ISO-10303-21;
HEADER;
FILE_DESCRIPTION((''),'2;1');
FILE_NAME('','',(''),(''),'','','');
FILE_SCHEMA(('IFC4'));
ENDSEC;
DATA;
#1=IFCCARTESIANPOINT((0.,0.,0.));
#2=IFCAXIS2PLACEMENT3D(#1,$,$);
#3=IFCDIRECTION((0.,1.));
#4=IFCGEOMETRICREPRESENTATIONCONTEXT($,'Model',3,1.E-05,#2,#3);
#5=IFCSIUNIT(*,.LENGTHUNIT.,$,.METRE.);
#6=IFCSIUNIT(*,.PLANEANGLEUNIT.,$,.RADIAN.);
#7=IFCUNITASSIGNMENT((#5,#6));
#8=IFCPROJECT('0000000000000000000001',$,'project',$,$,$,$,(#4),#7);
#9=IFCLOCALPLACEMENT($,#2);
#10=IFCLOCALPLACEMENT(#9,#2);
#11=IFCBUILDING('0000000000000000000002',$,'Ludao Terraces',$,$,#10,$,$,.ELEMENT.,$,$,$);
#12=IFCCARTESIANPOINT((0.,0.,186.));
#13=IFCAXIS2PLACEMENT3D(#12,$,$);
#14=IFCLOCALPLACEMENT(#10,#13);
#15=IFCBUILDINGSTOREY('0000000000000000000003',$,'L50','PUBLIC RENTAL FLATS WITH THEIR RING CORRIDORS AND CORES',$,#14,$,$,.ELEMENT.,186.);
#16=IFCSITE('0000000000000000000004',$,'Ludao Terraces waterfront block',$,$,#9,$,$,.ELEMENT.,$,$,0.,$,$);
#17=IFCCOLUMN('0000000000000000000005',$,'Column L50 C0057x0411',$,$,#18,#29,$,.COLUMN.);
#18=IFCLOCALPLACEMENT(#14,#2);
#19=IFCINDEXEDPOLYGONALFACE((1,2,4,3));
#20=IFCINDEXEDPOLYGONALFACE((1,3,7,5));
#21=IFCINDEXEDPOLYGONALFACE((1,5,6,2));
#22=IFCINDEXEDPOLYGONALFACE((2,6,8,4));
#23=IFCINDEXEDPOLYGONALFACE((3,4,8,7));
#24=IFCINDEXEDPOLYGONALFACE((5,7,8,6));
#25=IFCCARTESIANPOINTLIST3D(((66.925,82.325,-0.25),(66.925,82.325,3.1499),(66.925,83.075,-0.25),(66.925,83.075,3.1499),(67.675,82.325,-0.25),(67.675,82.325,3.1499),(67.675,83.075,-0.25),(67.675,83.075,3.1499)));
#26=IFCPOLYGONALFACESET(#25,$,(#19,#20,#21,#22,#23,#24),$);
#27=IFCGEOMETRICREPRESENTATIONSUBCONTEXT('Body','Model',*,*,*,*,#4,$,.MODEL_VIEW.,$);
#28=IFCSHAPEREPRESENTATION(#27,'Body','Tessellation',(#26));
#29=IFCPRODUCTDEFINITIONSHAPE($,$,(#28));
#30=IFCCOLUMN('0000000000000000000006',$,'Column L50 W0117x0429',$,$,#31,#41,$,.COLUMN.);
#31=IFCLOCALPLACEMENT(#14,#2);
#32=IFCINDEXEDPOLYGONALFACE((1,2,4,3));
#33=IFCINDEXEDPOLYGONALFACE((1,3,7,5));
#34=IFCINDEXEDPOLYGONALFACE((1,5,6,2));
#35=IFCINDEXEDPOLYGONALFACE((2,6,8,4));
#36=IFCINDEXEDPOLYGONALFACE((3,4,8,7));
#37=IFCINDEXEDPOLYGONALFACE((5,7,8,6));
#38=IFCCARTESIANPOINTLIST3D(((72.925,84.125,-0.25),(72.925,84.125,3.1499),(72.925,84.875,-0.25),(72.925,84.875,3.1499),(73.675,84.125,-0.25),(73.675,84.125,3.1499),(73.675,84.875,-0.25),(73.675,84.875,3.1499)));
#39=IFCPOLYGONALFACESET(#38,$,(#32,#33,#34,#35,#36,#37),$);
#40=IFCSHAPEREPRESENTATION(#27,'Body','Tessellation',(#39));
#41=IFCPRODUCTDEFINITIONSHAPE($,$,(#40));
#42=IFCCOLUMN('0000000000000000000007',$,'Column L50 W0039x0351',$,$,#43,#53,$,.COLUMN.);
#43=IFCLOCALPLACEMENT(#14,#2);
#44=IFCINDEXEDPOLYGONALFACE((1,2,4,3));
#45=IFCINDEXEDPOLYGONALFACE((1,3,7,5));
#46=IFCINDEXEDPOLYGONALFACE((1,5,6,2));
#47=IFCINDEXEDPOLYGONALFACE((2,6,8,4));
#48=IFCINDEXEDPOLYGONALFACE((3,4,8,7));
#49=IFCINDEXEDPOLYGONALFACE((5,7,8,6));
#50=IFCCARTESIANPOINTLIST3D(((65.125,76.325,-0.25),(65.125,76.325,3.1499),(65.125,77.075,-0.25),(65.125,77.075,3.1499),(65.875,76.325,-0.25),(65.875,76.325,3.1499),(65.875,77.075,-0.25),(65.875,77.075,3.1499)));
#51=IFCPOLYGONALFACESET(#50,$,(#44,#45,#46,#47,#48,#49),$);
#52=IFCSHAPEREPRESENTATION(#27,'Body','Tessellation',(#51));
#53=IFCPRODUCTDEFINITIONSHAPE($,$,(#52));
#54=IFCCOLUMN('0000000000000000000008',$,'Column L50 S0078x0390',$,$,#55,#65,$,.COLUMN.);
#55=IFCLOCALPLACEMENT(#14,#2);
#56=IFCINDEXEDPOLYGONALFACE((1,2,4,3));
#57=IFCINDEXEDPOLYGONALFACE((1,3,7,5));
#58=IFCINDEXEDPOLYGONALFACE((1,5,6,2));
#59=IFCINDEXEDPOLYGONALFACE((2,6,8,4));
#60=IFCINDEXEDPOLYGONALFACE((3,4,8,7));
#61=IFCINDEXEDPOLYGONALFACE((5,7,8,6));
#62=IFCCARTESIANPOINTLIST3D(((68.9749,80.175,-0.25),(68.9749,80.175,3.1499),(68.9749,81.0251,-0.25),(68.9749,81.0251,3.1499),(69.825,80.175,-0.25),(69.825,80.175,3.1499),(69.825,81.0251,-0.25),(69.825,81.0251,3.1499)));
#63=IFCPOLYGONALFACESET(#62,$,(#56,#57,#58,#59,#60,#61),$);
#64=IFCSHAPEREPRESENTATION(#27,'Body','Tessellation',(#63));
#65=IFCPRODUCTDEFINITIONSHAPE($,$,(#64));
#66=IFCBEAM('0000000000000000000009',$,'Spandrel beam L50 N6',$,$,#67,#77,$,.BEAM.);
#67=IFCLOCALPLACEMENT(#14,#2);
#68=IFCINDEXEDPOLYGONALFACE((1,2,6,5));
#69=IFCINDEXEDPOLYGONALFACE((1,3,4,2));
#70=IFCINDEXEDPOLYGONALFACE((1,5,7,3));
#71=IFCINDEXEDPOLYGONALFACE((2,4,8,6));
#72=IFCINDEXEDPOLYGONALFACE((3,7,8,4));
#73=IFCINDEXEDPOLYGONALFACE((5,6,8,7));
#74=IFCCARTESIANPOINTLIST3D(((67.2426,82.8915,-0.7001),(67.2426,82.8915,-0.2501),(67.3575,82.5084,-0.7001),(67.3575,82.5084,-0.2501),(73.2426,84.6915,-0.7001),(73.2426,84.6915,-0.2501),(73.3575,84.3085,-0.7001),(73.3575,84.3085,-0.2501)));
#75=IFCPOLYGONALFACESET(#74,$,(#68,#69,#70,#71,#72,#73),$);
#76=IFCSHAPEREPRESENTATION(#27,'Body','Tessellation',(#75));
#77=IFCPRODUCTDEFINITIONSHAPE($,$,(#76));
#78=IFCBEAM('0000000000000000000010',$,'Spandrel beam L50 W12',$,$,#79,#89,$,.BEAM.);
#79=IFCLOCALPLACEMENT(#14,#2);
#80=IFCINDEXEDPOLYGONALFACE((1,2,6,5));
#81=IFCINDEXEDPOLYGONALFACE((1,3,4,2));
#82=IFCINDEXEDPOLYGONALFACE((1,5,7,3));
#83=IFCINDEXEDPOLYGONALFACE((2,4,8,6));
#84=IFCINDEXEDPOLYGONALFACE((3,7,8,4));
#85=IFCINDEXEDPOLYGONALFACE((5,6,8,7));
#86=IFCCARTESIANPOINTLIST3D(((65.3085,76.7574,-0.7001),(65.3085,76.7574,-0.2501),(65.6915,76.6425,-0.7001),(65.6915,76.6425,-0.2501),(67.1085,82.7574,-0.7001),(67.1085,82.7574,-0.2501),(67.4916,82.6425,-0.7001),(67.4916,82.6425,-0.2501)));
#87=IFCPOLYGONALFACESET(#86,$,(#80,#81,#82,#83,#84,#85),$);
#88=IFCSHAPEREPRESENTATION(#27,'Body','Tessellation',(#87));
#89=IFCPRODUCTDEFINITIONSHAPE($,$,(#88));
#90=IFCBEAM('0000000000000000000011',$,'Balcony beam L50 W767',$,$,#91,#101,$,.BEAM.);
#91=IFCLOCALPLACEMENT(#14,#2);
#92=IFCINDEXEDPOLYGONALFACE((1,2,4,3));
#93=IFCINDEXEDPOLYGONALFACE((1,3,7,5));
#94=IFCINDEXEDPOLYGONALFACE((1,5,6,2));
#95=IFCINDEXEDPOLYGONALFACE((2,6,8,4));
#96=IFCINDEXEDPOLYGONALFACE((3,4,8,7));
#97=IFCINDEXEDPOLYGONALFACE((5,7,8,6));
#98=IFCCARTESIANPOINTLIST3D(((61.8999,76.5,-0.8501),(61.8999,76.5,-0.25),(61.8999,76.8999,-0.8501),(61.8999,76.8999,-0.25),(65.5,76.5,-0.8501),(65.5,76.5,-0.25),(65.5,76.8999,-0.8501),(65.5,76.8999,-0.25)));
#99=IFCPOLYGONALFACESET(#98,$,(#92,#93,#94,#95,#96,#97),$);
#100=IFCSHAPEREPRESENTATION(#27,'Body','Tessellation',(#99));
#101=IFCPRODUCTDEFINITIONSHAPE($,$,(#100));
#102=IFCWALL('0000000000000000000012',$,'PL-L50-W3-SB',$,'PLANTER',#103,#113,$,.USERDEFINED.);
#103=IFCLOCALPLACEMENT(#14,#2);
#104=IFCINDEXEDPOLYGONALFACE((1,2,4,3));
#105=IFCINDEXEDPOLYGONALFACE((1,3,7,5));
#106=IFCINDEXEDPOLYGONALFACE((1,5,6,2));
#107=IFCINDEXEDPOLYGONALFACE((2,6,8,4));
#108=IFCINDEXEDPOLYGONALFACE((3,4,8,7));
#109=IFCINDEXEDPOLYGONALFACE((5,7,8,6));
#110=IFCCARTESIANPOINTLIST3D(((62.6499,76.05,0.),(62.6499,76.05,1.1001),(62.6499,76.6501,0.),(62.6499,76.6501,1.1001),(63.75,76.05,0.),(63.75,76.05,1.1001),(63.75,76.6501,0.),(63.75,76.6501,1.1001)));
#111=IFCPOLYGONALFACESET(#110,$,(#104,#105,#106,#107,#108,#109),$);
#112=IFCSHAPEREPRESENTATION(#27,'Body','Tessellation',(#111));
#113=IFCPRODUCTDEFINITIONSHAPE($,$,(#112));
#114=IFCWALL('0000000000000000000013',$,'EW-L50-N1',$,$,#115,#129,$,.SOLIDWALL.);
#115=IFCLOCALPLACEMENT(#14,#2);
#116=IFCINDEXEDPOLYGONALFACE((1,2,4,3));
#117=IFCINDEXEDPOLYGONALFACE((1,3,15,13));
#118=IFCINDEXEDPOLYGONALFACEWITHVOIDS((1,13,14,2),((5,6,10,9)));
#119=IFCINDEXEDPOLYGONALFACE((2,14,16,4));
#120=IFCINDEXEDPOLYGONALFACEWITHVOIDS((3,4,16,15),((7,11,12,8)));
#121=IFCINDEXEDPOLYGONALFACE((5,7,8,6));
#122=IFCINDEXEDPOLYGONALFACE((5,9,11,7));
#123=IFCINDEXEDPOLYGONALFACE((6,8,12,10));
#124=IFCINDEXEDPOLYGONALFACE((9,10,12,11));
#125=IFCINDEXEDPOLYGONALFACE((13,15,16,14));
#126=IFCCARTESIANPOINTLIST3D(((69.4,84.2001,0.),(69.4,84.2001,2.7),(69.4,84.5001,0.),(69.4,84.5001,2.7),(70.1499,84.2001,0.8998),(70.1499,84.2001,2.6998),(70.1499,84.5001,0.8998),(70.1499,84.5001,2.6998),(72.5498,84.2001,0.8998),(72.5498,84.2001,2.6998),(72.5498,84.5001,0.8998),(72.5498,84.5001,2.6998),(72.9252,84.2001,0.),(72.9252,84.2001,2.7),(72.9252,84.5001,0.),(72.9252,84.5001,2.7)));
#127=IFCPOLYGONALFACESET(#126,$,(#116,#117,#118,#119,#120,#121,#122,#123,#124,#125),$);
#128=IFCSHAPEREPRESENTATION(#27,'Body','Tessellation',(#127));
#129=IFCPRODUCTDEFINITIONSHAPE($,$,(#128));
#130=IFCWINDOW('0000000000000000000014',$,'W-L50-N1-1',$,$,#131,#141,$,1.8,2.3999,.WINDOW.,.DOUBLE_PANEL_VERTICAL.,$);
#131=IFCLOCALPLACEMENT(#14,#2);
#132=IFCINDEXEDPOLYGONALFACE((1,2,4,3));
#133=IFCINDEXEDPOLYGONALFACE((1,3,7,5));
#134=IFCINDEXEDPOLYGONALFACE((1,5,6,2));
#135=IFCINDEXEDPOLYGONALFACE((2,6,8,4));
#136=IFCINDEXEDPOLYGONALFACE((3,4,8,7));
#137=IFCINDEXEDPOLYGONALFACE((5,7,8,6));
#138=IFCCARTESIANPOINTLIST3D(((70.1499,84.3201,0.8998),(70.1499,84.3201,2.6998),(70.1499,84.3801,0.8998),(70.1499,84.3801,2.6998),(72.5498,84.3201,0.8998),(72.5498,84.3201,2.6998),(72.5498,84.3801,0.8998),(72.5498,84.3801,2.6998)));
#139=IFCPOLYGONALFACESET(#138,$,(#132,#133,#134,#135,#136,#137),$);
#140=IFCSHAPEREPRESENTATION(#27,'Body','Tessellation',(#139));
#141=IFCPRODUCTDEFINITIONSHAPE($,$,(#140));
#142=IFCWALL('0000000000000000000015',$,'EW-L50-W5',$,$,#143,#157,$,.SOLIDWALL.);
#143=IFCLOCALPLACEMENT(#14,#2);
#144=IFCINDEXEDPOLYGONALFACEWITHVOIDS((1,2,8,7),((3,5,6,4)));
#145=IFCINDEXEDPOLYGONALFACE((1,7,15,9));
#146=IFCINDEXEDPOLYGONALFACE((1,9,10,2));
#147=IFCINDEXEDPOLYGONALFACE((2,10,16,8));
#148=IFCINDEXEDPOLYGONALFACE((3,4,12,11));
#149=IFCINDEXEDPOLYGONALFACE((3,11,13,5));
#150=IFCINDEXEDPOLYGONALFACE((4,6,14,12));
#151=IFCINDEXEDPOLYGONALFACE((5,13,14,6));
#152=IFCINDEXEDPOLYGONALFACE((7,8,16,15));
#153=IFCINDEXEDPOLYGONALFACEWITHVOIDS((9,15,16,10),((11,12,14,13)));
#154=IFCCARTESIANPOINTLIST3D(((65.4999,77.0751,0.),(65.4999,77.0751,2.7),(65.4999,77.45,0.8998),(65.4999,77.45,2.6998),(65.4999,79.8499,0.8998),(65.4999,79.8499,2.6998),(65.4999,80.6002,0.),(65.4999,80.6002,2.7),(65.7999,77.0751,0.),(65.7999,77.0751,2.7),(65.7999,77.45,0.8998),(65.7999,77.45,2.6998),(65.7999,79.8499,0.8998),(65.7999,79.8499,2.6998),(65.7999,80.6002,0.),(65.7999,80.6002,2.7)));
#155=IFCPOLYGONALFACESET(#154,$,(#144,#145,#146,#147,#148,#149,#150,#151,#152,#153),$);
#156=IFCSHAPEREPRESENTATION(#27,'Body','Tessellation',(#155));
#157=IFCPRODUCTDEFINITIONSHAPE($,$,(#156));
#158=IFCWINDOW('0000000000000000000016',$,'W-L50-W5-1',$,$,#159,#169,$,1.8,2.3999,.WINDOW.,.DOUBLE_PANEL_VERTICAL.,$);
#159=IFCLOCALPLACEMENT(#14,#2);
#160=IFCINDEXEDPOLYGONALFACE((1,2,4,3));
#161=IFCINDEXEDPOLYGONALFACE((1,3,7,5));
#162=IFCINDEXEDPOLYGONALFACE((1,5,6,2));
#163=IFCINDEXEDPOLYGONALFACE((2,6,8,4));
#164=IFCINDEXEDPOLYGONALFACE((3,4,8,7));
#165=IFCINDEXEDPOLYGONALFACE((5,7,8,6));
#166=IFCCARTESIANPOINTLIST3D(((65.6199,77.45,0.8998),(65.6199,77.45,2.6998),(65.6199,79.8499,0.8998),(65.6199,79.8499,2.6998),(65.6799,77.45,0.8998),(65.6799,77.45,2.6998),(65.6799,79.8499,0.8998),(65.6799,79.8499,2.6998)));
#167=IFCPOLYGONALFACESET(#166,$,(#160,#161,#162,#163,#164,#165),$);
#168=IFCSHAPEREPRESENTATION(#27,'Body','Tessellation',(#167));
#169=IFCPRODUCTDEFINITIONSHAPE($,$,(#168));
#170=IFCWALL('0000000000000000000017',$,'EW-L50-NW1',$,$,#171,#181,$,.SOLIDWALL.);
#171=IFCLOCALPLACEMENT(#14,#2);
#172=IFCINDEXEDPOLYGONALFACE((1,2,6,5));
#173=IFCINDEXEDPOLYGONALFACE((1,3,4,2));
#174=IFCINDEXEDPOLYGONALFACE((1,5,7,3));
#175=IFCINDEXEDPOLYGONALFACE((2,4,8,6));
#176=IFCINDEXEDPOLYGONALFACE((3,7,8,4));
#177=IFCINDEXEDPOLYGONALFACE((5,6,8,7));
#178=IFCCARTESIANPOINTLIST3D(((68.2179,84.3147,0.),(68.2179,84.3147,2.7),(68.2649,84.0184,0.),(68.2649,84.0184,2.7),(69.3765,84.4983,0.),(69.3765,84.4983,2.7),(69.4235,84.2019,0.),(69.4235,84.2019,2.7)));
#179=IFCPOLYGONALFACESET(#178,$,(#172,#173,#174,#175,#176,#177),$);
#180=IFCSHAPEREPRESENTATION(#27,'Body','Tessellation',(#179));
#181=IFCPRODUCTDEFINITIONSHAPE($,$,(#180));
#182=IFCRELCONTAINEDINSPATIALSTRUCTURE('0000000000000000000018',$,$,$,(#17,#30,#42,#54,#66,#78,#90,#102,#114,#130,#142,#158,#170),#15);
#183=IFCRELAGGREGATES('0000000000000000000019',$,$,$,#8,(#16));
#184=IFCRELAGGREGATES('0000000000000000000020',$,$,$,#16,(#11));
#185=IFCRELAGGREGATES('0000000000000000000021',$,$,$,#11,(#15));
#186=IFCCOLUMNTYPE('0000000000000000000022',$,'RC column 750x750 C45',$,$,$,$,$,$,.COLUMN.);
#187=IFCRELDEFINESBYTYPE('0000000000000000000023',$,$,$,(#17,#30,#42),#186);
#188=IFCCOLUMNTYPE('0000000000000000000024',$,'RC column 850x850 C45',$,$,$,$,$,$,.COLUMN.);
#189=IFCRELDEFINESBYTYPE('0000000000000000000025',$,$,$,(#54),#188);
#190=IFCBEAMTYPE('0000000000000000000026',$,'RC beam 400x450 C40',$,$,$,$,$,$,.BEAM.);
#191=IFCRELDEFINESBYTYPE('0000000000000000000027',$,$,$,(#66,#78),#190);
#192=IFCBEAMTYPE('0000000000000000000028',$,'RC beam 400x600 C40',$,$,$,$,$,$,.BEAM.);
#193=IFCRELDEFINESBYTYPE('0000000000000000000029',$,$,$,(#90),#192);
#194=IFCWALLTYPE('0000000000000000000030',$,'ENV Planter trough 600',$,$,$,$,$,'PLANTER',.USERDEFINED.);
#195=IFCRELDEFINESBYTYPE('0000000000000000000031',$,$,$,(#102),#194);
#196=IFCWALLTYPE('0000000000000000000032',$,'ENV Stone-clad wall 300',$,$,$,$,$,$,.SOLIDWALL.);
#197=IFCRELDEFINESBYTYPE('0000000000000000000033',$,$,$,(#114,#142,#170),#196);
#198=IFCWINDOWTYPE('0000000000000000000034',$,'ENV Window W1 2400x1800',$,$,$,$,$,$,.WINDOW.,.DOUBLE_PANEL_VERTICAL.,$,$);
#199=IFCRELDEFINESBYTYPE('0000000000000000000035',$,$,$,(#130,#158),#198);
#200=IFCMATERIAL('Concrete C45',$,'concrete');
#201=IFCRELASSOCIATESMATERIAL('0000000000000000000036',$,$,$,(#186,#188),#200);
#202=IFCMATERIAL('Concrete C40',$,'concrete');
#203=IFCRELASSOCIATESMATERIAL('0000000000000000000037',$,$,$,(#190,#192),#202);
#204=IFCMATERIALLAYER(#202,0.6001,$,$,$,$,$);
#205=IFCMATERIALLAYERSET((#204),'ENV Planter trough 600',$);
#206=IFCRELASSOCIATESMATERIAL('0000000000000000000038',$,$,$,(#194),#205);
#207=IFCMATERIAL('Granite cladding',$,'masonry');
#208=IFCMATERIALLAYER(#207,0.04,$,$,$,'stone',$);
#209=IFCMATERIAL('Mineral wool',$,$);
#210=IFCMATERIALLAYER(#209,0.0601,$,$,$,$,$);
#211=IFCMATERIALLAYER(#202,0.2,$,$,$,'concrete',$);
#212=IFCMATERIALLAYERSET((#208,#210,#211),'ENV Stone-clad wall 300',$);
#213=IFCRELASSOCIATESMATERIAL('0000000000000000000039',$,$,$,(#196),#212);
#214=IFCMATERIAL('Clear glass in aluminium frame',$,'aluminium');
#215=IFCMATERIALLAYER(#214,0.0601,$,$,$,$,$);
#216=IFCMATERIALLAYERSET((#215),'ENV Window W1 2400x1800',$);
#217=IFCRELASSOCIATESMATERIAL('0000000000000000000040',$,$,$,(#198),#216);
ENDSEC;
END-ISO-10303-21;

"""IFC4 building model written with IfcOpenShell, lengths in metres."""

from ifc_helpers import new_model, si_unit, direction, frame, frame_2d, origin, origin_2d, place, context, subcontext, project, spatial, rectangle, extrude, material, layer, layer_set, material_profile, profile_set, type_object, element, fill, save


model = new_model("IFC4")

# Units and contexts
model_context = context("Model", 3, precision=1e-05, world=origin(), true_north=direction((0.0, 1.0)))
body_context = subcontext(model_context, "Body", "Model", "MODEL_VIEW")
ifc_project = project(units=[si_unit("LENGTHUNIT", "METRE"), si_unit("PLANEANGLEUNIT", "RADIAN")], contexts=[model_context])

# Site, building, storey
site_placement = place(None, origin())
site = spatial("IfcSite", under=ifc_project, at=site_placement, Name="Ludao Terraces waterfront block", CompositionType="ELEMENT", RefElevation=0.0)
building_placement = place(site_placement, origin())
building = spatial("IfcBuilding", under=site, at=building_placement, Name="Ludao Terraces", CompositionType="ELEMENT")
storey_placement = place(building_placement, frame((0.0, 0.0, 186.0)))
storey = spatial("IfcBuildingStorey", under=building, at=storey_placement, Name="L50", Description="PUBLIC RENTAL FLATS WITH THEIR RING CORRIDORS AND CORES", CompositionType="ELEMENT", Elevation=186.0)

# Columns
ifc_material_1 = material(Name="Concrete C45", Category="concrete")
ifc_material_profile_1 = material_profile(ifc_material_1, rectangle(XDim=0.75, YDim=0.75, at=origin_2d()), Name="750 X 750")
ifc_profile_set_1 = profile_set([ifc_material_profile_1], Name="Concrete C45")
column_type_1 = type_object("IfcColumnType", Name="RC column 750x750 C45", PredefinedType="COLUMN", material=ifc_profile_set_1)
for number, where, z_axis, x_axis, name in (
    (1, (67.3, 82.7, -0.25), (0.0, 0.0, 1.0), (1.0, 0.0, 0.0), "Column L50 C0057x0411"),
    (2, (73.3, 84.5, -0.25), (0.0, 0.0, 1.0), (1.0, 0.0, 0.0), "Column L50 W0117x0429"),
    (3, (65.5, 76.7, -0.25), (0.0, 0.0, 1.0), (1.0, 0.0, 0.0), "Column L50 W0039x0351"),
):
    element("IfcColumn", number, at=place(storey_placement, frame(where, z_axis=z_axis, x_axis=x_axis)), inside=storey, type_object=column_type_1, Name=name, PredefinedType="COLUMN", context=body_context, shape_type="SweptSolid", body=[
        extrude(rectangle(XDim=0.75, YDim=0.75, at=origin_2d()), origin(), (0.0, 0.0, 1.0), 3.3999),
    ])
ifc_material_profile_2 = material_profile(ifc_material_1, rectangle(XDim=0.8501, YDim=0.8501, at=origin_2d()), Name="850 X 850")
ifc_profile_set_2 = profile_set([ifc_material_profile_2], Name="Concrete C45")
column_type_2 = type_object("IfcColumnType", Name="RC column 850x850 C45", PredefinedType="COLUMN", material=ifc_profile_set_2)
column_placement = place(storey_placement, frame((69.3999, 80.6001, -0.25), z_axis=(0.0, 0.0, 1.0), x_axis=(1.0, 0.0, 0.0)))
element("IfcColumn", 4, at=column_placement, inside=storey, type_object=column_type_2, Name="Column L50 S0078x0390", PredefinedType="COLUMN", context=body_context, shape_type="SweptSolid", body=[
    extrude(rectangle(XDim=0.8501, YDim=0.8501, at=origin_2d()), origin(), (0.0, 0.0, 1.0), 3.3999),
])

# Beams
ifc_material_2 = material(Name="Concrete C40", Category="concrete")
ifc_material_profile_3 = material_profile(ifc_material_2, rectangle(XDim=0.3999, YDim=0.45, at=origin_2d()), Name="400 X 450")
ifc_profile_set_3 = profile_set([ifc_material_profile_3], Name="Concrete C40")
beam_type_1 = type_object("IfcBeamType", Name="RC beam 400x450 C40", PredefinedType="BEAM", material=ifc_profile_set_3)
for number, where, z_axis, x_axis, name in (
    (5, (67.3, 82.7, -0.4751), (0.957824, 0.287355, 0.0), (-0.287355, 0.957824, 0.0), "Spandrel beam L50 N6"),
    (6, (65.5, 76.7, -0.4751), (0.287355, 0.957824, 0.0), (-0.957824, 0.287355, 0.0), "Spandrel beam L50 W12"),
):
    element("IfcBeam", number, at=place(storey_placement, frame(where, z_axis=z_axis, x_axis=x_axis)), inside=storey, type_object=beam_type_1, Name=name, PredefinedType="BEAM", context=body_context, shape_type="SweptSolid", body=[
        extrude(rectangle(XDim=0.3999, YDim=0.45, at=origin_2d()), origin(), (0.0, 0.0, 1.0), 6.2642),
    ])
ifc_material_profile_4 = material_profile(ifc_material_2, rectangle(XDim=0.3999, YDim=0.6001, at=origin_2d()), Name="400 X 600")
ifc_profile_set_4 = profile_set([ifc_material_profile_4], Name="Concrete C40")
beam_type_2 = type_object("IfcBeamType", Name="RC beam 400x600 C40", PredefinedType="BEAM", material=ifc_profile_set_4)
beam_placement = place(storey_placement, frame((65.5, 76.7, -0.55), z_axis=(-1.0, 0.0, 0.0), x_axis=(0.0, -1.0, 0.0)))
element("IfcBeam", 7, at=beam_placement, inside=storey, type_object=beam_type_2, Name="Balcony beam L50 W767", PredefinedType="BEAM", context=body_context, shape_type="SweptSolid", body=[
    extrude(rectangle(XDim=0.3999, YDim=0.6001, at=origin_2d()), origin(), (0.0, 0.0, 1.0), 3.6001),
])

# Wall
ifc_layer_1 = layer(ifc_material_2, 0.6001)
ifc_layer_set_1 = layer_set([ifc_layer_1], Name="ENV Planter trough 600")
wall_type_1 = type_object("IfcWallType", Name="ENV Planter trough 600", ElementType="PLANTER", PredefinedType="USERDEFINED", material=ifc_layer_set_1)
wall_1_placement = place(storey_placement, frame((62.6499, 76.3501, 0.0), z_axis=(0.0, 0.0, 1.0), x_axis=(1.0, 0.0, 0.0)))
element("IfcWall", 8, at=wall_1_placement, inside=storey, type_object=wall_type_1, Name="PL-L50-W3-SB", ObjectType="PLANTER", PredefinedType="USERDEFINED", context=body_context, shape_type="SweptSolid", body=[
    extrude(rectangle(XDim=1.1001, YDim=0.6001, at=frame_2d((0.55, 0.0))), origin(), (0.0, 0.0, 1.0), 1.1001),
])

# Walls, openings, windows
ifc_material_3 = material(Name="Granite cladding", Category="masonry")
ifc_layer_2 = layer(ifc_material_3, 0.04, Category="stone")
ifc_material_4 = material(Name="Mineral wool")
ifc_layer_3 = layer(ifc_material_4, 0.0601)
ifc_layer_4 = layer(ifc_material_2, 0.2, Category="concrete")
ifc_layer_set_2 = layer_set([ifc_layer_2, ifc_layer_3, ifc_layer_4], Name="ENV Stone-clad wall 300")
wall_type_2 = type_object("IfcWallType", Name="ENV Stone-clad wall 300", PredefinedType="SOLIDWALL", material=ifc_layer_set_2)
wall_2_placement = place(storey_placement, frame((69.3999, 84.3501, 0.0), z_axis=(0.0, 0.0, 1.0), x_axis=(1.0, 0.0, 0.0)))
wall_2 = element("IfcWall", 9, at=wall_2_placement, inside=storey, type_object=wall_type_2, Name="EW-L50-N1", PredefinedType="SOLIDWALL", context=body_context, shape_type="SweptSolid", body=[
    extrude(rectangle(XDim=3.5251, YDim=0.3, at=frame_2d((1.7627, 0.0))), origin(), (0.0, 0.0, 1.0), 2.7),
])
opening_1_placement = place(wall_2_placement, frame((0.75, 0.0, 0.8999)))
opening_1 = element("IfcOpeningElement", 10, at=opening_1_placement, cuts=wall_2, PredefinedType="OPENING", context=body_context, shape_type="SweptSolid", body=[
    extrude(rectangle(XDim=2.3999, YDim=1.8, at=frame_2d((1.2, 0.8999))), frame((0.0, 0.1602, 0.0), z_axis=(0.0, -1.0, 0.0), x_axis=(1.0, 0.0, 0.0)), (0.0, 0.0, 1.0), 0.3201),
])
ifc_material_5 = material(Name="Clear glass in aluminium frame", Category="aluminium")
ifc_layer_5 = layer(ifc_material_5, 0.0601)
ifc_layer_set_3 = layer_set([ifc_layer_5], Name="ENV Window W1 2400x1800")
window_type_1 = type_object("IfcWindowType", Name="ENV Window W1 2400x1800", PartitioningType="DOUBLE_PANEL_VERTICAL", PredefinedType="WINDOW", material=ifc_layer_set_3)
window_1_placement = place(opening_1_placement, origin())
window_1 = element("IfcWindow", 11, at=window_1_placement, inside=storey, type_object=window_type_1, Name="W-L50-N1-1", OverallHeight=1.8, OverallWidth=2.3999, PartitioningType="DOUBLE_PANEL_VERTICAL", PredefinedType="WINDOW", context=body_context, shape_type="SweptSolid", body=[
    extrude(rectangle(XDim=2.3999, YDim=1.8, at=frame_2d((1.2, 0.8999))), frame((0.0, 0.03, 0.0), z_axis=(0.0, -1.0, 0.0), x_axis=(1.0, 0.0, 0.0)), (0.0, 0.0, 1.0), 0.0601),
])
fill(opening_1, window_1)
wall_3_placement = place(storey_placement, frame((65.6499, 77.075, 0.0), z_axis=(0.0, 0.0, 1.0), x_axis=(0.0, 1.0, 0.0)))
wall_3 = element("IfcWall", 12, at=wall_3_placement, inside=storey, type_object=wall_type_2, Name="EW-L50-W5", PredefinedType="SOLIDWALL", context=body_context, shape_type="SweptSolid", body=[
    extrude(rectangle(XDim=3.5251, YDim=0.3, at=frame_2d((1.7627, 0.0))), origin(), (0.0, 0.0, 1.0), 2.7),
])
opening_2_placement = place(wall_3_placement, frame((0.375, 0.0, 0.8999)))
opening_2 = element("IfcOpeningElement", 13, at=opening_2_placement, cuts=wall_3, PredefinedType="OPENING", context=body_context, shape_type="SweptSolid", body=[
    extrude(rectangle(XDim=2.3999, YDim=1.8, at=frame_2d((1.2, 0.8999))), frame((0.0, 0.1602, 0.0), z_axis=(0.0, -1.0, 0.0), x_axis=(1.0, 0.0, 0.0)), (0.0, 0.0, 1.0), 0.3201),
])
window_2_placement = place(opening_2_placement, origin())
window_2 = element("IfcWindow", 14, at=window_2_placement, inside=storey, type_object=window_type_1, Name="W-L50-W5-1", OverallHeight=1.8, OverallWidth=2.3999, PartitioningType="DOUBLE_PANEL_VERTICAL", PredefinedType="WINDOW", context=body_context, shape_type="SweptSolid", body=[
    extrude(rectangle(XDim=2.3999, YDim=1.8, at=frame_2d((1.2, 0.8999))), frame((0.0, 0.03, 0.0), z_axis=(0.0, -1.0, 0.0), x_axis=(1.0, 0.0, 0.0)), (0.0, 0.0, 1.0), 0.0601),
])
fill(opening_2, window_2)

# Wall
wall_4_placement = place(storey_placement, frame((69.3999, 84.3501, 0.0), z_axis=(0.0, 0.0, 1.0), x_axis=(-0.987678, -0.156497, 0.0)))
element("IfcWall", 15, at=wall_4_placement, inside=storey, type_object=wall_type_2, Name="EW-L50-NW1", PredefinedType="SOLIDWALL", context=body_context, shape_type="SweptSolid", body=[
    extrude(rectangle(XDim=1.1731, YDim=0.3, at=frame_2d((0.5864, 0.0))), origin(), (0.0, 0.0, 1.0), 2.7),
])

save(model, "model.ifc")
